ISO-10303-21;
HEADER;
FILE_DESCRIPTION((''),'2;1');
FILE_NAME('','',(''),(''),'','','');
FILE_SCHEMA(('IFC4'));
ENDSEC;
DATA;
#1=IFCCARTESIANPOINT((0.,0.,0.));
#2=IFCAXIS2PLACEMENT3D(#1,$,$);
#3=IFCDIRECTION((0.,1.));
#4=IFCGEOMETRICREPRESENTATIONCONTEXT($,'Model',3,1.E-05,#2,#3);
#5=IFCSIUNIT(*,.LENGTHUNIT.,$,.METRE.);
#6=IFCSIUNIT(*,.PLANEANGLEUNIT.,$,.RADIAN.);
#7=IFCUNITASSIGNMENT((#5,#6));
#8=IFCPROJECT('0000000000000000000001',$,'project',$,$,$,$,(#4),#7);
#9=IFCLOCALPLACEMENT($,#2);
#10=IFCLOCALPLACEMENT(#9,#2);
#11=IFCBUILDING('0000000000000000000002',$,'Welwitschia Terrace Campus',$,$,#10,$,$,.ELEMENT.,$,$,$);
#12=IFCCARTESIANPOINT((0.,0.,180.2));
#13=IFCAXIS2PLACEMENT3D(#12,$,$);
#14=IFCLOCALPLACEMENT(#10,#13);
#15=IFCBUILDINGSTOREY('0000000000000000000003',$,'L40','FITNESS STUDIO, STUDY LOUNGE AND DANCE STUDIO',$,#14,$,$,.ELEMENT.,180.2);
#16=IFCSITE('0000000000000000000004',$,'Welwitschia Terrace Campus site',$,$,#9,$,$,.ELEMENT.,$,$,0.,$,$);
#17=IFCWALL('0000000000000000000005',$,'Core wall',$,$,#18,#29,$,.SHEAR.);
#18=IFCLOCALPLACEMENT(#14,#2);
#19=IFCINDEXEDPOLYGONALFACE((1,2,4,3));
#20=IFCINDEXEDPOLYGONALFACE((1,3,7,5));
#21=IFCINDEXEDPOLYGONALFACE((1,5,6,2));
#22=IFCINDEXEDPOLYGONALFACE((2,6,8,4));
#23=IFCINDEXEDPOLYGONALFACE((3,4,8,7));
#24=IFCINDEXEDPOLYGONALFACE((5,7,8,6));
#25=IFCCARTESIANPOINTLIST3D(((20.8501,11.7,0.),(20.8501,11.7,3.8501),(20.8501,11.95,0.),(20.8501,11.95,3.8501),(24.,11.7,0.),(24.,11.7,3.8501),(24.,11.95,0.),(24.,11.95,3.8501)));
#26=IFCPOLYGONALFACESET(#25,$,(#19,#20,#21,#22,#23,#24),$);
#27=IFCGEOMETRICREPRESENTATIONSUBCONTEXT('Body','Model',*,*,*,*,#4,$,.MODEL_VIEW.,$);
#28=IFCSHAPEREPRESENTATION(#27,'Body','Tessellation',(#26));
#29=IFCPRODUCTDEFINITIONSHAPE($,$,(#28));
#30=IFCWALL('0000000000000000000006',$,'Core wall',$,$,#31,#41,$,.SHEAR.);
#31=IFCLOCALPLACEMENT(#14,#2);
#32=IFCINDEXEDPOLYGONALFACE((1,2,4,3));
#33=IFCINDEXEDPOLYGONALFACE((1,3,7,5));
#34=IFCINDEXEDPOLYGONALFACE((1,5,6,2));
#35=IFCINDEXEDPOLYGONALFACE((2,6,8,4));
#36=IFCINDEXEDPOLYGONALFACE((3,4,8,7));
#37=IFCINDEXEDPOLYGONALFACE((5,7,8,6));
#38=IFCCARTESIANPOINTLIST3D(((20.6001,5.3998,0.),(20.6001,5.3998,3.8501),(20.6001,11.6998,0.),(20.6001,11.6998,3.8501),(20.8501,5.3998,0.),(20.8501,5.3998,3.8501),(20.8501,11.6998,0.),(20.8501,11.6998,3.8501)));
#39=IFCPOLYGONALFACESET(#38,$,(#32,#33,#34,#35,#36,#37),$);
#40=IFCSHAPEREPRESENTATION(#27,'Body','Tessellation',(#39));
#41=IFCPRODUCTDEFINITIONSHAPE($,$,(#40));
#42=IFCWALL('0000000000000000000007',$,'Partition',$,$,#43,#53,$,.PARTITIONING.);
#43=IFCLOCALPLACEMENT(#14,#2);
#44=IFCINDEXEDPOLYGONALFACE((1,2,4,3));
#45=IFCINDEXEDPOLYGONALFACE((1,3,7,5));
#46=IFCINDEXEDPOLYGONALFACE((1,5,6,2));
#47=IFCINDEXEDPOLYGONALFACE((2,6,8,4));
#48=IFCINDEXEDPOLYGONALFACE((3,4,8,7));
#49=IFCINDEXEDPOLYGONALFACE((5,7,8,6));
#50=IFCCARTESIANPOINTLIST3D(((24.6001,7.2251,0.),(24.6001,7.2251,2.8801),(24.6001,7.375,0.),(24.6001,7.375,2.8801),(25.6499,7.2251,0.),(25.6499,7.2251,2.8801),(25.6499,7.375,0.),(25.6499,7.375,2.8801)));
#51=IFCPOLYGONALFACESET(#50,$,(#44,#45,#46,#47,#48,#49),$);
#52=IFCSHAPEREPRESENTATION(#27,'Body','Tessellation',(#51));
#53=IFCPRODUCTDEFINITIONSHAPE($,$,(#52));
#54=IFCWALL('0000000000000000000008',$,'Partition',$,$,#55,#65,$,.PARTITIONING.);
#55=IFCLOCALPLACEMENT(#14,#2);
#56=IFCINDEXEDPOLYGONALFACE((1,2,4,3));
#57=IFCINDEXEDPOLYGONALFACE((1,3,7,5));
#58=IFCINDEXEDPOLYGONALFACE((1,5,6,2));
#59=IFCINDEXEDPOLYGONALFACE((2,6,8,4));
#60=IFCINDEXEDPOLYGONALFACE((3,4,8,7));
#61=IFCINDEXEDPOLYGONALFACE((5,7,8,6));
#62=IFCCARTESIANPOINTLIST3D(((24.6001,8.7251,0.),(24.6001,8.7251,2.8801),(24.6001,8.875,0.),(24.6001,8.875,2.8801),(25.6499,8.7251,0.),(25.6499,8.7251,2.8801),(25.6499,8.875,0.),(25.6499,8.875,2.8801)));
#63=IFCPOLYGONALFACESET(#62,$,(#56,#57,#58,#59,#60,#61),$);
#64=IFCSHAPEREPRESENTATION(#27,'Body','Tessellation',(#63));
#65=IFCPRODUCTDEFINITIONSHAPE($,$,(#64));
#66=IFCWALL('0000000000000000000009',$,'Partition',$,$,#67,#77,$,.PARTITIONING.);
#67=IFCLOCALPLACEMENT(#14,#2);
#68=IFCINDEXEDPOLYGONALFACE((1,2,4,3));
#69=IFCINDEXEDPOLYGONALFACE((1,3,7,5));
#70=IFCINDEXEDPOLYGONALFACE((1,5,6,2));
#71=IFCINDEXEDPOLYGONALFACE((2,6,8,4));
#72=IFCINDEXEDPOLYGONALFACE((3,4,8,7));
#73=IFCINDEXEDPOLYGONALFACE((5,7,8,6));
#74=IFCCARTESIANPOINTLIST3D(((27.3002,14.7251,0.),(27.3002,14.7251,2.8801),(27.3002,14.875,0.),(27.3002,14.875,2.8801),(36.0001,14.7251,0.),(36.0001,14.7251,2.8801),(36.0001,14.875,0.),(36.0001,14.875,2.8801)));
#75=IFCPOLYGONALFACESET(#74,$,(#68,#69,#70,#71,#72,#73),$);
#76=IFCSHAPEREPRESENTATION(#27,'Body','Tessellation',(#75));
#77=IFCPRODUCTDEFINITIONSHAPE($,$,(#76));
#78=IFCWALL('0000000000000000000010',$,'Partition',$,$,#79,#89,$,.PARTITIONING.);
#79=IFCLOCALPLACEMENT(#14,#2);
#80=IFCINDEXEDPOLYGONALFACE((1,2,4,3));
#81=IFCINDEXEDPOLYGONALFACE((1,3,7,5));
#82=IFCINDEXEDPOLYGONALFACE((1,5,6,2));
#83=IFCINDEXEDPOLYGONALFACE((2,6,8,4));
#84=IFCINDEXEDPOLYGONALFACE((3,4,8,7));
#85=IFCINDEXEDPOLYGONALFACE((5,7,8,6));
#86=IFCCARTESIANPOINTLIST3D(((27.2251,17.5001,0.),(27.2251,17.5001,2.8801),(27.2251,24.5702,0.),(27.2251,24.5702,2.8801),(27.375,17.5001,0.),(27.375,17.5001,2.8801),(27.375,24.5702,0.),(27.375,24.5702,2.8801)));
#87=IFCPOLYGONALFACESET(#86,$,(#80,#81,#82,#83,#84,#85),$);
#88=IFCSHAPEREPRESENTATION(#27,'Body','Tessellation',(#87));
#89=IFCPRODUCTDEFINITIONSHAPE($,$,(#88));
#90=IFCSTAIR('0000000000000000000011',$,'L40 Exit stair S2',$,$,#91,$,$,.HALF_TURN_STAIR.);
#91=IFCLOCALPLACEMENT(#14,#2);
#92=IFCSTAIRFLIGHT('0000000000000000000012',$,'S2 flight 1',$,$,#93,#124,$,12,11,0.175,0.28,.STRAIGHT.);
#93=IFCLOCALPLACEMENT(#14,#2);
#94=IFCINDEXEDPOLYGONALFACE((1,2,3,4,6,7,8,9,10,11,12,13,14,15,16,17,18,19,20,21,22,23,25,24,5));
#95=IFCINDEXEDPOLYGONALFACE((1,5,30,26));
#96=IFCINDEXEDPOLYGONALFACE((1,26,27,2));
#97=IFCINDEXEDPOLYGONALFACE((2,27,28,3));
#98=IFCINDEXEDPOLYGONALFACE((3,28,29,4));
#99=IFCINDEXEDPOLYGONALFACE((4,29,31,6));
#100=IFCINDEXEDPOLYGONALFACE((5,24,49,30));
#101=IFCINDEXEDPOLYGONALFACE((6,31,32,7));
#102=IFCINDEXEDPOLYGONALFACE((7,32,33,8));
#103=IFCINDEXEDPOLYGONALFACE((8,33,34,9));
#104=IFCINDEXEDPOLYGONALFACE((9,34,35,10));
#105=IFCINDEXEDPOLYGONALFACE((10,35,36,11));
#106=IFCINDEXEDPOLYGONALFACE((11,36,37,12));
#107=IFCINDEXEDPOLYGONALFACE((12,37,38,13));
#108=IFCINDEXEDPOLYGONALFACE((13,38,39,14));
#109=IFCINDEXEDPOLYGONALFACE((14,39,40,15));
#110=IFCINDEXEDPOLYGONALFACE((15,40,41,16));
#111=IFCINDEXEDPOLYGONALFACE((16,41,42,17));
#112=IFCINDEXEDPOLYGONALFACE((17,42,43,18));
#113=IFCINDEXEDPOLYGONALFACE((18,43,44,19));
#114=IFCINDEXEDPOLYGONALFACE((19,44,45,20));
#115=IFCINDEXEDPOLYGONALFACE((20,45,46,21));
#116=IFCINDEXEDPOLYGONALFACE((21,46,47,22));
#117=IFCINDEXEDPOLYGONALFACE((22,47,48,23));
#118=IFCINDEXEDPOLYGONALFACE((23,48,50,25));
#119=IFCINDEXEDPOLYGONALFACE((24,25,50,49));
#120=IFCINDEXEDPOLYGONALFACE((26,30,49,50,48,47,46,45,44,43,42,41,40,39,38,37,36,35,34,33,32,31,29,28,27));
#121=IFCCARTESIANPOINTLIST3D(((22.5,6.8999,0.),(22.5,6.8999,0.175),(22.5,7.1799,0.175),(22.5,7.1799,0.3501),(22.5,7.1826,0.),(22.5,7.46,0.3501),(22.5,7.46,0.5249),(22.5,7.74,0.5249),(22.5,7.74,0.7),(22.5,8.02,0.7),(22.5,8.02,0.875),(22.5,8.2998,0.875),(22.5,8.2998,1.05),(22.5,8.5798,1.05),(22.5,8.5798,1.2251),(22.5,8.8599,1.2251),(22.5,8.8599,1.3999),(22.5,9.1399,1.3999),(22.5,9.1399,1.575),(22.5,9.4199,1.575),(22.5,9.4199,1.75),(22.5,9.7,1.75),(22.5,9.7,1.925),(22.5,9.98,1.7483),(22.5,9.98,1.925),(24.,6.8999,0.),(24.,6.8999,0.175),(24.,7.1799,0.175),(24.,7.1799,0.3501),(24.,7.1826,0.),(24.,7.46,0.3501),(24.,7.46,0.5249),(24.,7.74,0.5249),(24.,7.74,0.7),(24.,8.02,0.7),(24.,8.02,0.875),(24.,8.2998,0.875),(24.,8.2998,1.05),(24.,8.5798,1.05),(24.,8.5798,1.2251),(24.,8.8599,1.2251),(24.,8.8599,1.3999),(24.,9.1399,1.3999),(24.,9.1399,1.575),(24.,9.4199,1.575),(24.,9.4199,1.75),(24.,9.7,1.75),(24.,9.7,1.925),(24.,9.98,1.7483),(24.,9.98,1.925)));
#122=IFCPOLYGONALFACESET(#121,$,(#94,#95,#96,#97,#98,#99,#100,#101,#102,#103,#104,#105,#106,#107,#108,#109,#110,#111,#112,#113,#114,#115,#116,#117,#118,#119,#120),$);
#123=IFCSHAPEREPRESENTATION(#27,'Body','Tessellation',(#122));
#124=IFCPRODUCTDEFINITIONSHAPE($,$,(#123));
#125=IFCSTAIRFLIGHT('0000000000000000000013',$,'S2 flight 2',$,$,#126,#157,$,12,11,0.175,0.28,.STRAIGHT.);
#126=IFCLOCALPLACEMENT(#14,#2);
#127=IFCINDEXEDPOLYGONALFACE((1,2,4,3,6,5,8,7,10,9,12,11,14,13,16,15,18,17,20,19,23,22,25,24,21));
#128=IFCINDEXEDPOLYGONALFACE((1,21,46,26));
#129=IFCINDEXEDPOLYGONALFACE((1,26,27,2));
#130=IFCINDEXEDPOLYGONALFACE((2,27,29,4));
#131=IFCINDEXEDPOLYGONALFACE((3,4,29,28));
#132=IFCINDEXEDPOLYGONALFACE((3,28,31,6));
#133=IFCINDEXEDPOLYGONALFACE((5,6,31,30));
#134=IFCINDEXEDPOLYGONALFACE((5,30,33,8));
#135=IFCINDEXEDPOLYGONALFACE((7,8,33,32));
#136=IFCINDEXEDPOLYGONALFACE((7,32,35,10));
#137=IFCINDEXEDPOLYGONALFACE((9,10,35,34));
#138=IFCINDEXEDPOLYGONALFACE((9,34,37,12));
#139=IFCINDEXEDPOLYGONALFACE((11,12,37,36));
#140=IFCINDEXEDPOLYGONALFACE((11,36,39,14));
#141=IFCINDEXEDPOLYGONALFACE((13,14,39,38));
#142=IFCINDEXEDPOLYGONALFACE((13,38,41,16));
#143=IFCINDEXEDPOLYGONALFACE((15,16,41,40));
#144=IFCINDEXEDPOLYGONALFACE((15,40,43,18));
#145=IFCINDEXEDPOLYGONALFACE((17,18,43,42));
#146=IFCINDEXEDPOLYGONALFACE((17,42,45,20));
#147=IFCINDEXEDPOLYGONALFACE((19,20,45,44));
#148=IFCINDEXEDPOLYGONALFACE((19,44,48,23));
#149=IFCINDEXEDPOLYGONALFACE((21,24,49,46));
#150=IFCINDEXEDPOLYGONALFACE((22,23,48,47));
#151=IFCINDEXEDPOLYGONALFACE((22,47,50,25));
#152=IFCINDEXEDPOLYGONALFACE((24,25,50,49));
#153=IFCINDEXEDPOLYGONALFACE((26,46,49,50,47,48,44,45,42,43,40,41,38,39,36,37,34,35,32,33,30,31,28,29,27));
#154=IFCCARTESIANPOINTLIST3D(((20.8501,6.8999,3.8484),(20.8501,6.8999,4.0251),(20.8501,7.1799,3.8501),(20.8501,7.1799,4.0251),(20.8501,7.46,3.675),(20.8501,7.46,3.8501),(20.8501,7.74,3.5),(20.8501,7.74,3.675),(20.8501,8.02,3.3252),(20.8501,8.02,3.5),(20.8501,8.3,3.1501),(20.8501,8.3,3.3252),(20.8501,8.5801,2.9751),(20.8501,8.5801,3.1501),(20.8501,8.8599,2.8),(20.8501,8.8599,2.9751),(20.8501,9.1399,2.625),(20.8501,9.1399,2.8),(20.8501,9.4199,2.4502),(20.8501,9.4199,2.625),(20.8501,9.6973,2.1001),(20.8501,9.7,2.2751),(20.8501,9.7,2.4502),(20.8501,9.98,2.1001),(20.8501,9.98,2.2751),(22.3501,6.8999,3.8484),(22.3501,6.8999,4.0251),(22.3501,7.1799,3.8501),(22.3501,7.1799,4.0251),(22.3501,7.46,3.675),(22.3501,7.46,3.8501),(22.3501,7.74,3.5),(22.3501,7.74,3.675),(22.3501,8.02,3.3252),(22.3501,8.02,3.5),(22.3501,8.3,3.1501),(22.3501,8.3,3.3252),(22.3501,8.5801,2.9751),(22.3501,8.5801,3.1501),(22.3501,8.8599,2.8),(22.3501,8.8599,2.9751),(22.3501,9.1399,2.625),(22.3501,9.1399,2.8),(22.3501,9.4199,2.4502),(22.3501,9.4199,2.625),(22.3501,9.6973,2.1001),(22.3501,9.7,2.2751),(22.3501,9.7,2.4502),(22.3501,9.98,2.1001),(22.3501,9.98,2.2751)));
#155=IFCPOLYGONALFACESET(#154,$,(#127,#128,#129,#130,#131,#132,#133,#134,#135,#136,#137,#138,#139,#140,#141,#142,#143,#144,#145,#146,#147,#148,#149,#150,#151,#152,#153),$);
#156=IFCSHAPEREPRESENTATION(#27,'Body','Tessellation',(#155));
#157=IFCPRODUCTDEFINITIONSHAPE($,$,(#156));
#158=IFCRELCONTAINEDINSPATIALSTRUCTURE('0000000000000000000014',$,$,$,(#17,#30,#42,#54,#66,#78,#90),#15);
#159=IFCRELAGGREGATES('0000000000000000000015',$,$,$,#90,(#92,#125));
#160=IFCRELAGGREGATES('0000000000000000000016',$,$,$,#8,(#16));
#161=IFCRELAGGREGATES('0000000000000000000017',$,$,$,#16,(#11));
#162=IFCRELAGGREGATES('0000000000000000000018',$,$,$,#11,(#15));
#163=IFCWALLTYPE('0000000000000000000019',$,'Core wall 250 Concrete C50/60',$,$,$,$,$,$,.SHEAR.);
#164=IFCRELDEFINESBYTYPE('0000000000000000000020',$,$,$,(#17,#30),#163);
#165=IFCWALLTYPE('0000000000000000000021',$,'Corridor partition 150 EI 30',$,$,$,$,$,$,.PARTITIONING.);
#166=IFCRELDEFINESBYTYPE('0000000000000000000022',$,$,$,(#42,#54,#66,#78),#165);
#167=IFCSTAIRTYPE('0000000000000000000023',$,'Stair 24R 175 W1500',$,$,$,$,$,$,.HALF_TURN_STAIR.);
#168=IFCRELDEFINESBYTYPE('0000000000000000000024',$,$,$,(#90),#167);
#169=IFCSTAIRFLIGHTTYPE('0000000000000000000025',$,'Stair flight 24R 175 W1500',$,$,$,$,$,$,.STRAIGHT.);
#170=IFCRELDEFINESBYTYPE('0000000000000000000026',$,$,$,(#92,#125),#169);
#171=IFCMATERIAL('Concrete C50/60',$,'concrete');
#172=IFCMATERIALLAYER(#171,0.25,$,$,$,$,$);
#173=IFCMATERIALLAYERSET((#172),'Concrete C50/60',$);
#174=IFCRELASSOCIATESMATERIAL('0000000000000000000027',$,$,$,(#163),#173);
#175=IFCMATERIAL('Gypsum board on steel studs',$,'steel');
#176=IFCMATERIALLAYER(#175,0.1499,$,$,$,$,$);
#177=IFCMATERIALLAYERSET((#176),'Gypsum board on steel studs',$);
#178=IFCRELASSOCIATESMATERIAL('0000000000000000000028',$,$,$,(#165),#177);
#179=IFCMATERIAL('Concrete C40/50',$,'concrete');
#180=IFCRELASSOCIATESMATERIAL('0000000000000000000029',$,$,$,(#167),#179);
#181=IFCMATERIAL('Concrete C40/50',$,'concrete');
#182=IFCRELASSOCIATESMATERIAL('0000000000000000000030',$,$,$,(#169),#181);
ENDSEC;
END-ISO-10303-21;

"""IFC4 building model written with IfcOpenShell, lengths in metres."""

from ifc_helpers import new_model, si_unit, direction, frame, frame_2d, origin, place, context, subcontext, project, spatial, polyline, rectangle, outline, extrude, material, layer, layer_set, type_object, element, aggregate, save


model = new_model("IFC4")

# Units and contexts
model_context = context("Model", 3, precision=1e-05, world=origin(), true_north=direction((0.0, 1.0)))
body_context = subcontext(model_context, "Body", "Model", "MODEL_VIEW")
ifc_project = project(units=[si_unit("LENGTHUNIT", "METRE"), si_unit("PLANEANGLEUNIT", "RADIAN")], contexts=[model_context])

# Site, building, storey
site_placement = place(None, origin())
site = spatial("IfcSite", under=ifc_project, at=site_placement, Name="Welwitschia Terrace Campus site", CompositionType="ELEMENT", RefElevation=0.0)
building_placement = place(site_placement, origin())
building = spatial("IfcBuilding", under=site, at=building_placement, Name="Welwitschia Terrace Campus", CompositionType="ELEMENT")
storey_placement = place(building_placement, frame((0.0, 0.0, 180.2)))
storey = spatial("IfcBuildingStorey", under=building, at=storey_placement, Name="L40", Description="FITNESS STUDIO, STUDY LOUNGE AND DANCE STUDIO", CompositionType="ELEMENT", Elevation=180.2)

# Walls
ifc_material_1 = material(Name="Concrete C50/60", Category="concrete")
ifc_layer_1 = layer(ifc_material_1, 0.25)
ifc_layer_set_1 = layer_set([ifc_layer_1], Name="Concrete C50/60")
wall_type_1 = type_object("IfcWallType", Name="Core wall 250 Concrete C50/60", PredefinedType="SHEAR", material=ifc_layer_set_1)
wall_1_placement = place(storey_placement, frame((20.8501, 11.825, 0.0), z_axis=(0.0, 0.0, 1.0), x_axis=(1.0, 0.0, 0.0)))
element("IfcWall", 1, at=wall_1_placement, inside=storey, type_object=wall_type_1, Name="Core wall", PredefinedType="SHEAR", context=body_context, shape_type="SweptSolid", body=[
    extrude(rectangle(XDim=3.1499, YDim=0.25, at=frame_2d((1.575, 0.0))), origin(), (0.0, 0.0, 1.0), 3.8501),
])
wall_2_placement = place(storey_placement, frame((20.7251, 5.3999, 0.0), z_axis=(0.0, 0.0, 1.0), x_axis=(0.0, 1.0, 0.0)))
element("IfcWall", 2, at=wall_2_placement, inside=storey, type_object=wall_type_1, Name="Core wall", PredefinedType="SHEAR", context=body_context, shape_type="SweptSolid", body=[
    extrude(rectangle(XDim=6.3, YDim=0.25, at=frame_2d((3.1499, 0.0))), origin(), (0.0, 0.0, 1.0), 3.8501),
])
ifc_material_2 = material(Name="Gypsum board on steel studs", Category="steel")
ifc_layer_2 = layer(ifc_material_2, 0.1499)
ifc_layer_set_2 = layer_set([ifc_layer_2], Name="Gypsum board on steel studs")
wall_type_2 = type_object("IfcWallType", Name="Corridor partition 150 EI 30", PredefinedType="PARTITIONING", material=ifc_layer_set_2)
for number, where, z_axis, x_axis, name in (
    (3, (24.6001, 7.3, 0.0), (0.0, 0.0, 1.0), (1.0, 0.0, 0.0), "Partition"),
    (4, (24.6001, 8.8, 0.0), (0.0, 0.0, 1.0), (1.0, 0.0, 0.0), "Partition"),
):
    element("IfcWall", number, at=place(storey_placement, frame(where, z_axis=z_axis, x_axis=x_axis)), inside=storey, type_object=wall_type_2, Name=name, PredefinedType="PARTITIONING", context=body_context, shape_type="SweptSolid", body=[
        extrude(rectangle(XDim=1.0498, YDim=0.1499, at=frame_2d((0.5249, 0.0))), origin(), (0.0, 0.0, 1.0), 2.8801),
    ])
wall_3_placement = place(storey_placement, frame((27.3, 14.8, 0.0), z_axis=(0.0, 0.0, 1.0), x_axis=(1.0, 0.0, 0.0)))
element("IfcWall", 5, at=wall_3_placement, inside=storey, type_object=wall_type_2, Name="Partition", PredefinedType="PARTITIONING", context=body_context, shape_type="SweptSolid", body=[
    extrude(rectangle(XDim=8.7, YDim=0.1499, at=frame_2d((4.3501, 0.0))), origin(), (0.0, 0.0, 1.0), 2.8801),
])
wall_4_placement = place(storey_placement, frame((27.3, 17.5, 0.0), z_axis=(0.0, 0.0, 1.0), x_axis=(0.0, 1.0, 0.0)))
element("IfcWall", 6, at=wall_4_placement, inside=storey, type_object=wall_type_2, Name="Partition", PredefinedType="PARTITIONING", context=body_context, shape_type="SweptSolid", body=[
    extrude(rectangle(XDim=7.0701, YDim=0.1499, at=frame_2d((3.5352, 0.0))), origin(), (0.0, 0.0, 1.0), 2.8801),
])

# Stair, stair flights
ifc_material_3 = material(Name="Concrete C40/50", Category="concrete")
stair_type = type_object("IfcStairType", Name="Stair 24R 175 W1500", PredefinedType="HALF_TURN_STAIR", material=ifc_material_3)
stair_placement = place(storey_placement, origin())
stair = element("IfcStair", 7, at=stair_placement, inside=storey, type_object=stair_type, Name="L40 Exit stair S2", PredefinedType="HALF_TURN_STAIR")
ifc_material_4 = material(Name="Concrete C40/50", Category="concrete")
stair_flight_type = type_object("IfcStairFlightType", Name="Stair flight 24R 175 W1500", PredefinedType="STRAIGHT", material=ifc_material_4)
stair_flight_1_placement = place(storey_placement, frame((23.25, 6.8999, 0.0), z_axis=(0.0, 0.0, 1.0), x_axis=(0.0, 1.0, 0.0)))
stair_flight_1 = element("IfcStairFlight", 8, at=stair_flight_1_placement, type_object=stair_flight_type, Name="S2 flight 1", NumberOfRisers=12, NumberOfTreads=11, PredefinedType="STRAIGHT", RiserHeight=0.175, TreadLength=0.28, context=body_context, shape_type="SweptSolid", body=[
    extrude(outline(polyline([(0.0, 0.0), (0.0, 0.175), (0.28, 0.175), (0.28, 0.3501), (0.5601, 0.3501), (0.5601, 0.5249), (0.8401, 0.5249), (0.8401, 0.7), (1.1201, 0.7), (1.1201, 0.875), (1.3999, 0.875), (1.3999, 1.05), (1.6799, 1.05), (1.6799, 1.2251), (1.96, 1.2251), (1.96, 1.3999), (2.24, 1.3999), (2.24, 1.575), (2.52, 1.575), (2.52, 1.75), (2.8, 1.75), (2.8, 1.925), (3.0801, 1.925), (3.0801, 2.1001), (3.0801, 1.7483), (0.2827, 0.0), (0.0, 0.0)])), frame((0.0, 0.75, 0.0), z_axis=(0.0, -1.0, 0.0), x_axis=(1.0, 0.0, 0.0)), (0.0, 0.0, 1.0), 1.5),
])
stair_flight_2_placement = place(storey_placement, frame((21.6001, 9.98, 2.1001), z_axis=(0.0, 0.0, 1.0), x_axis=(0.0, -1.0, 0.0)))
stair_flight_2 = element("IfcStairFlight", 9, at=stair_flight_2_placement, type_object=stair_flight_type, Name="S2 flight 2", NumberOfRisers=12, NumberOfTreads=11, PredefinedType="STRAIGHT", RiserHeight=0.175, TreadLength=0.28, context=body_context, shape_type="SweptSolid", body=[
    extrude(outline(polyline([(0.0, 0.0), (0.0, 0.175), (0.28, 0.175), (0.28, 0.3501), (0.5601, 0.3501), (0.5601, 0.5249), (0.8401, 0.5249), (0.8401, 0.7), (1.1201, 0.7), (1.1201, 0.875), (1.3999, 0.875), (1.3999, 1.05), (1.6799, 1.05), (1.6799, 1.2251), (1.96, 1.2251), (1.96, 1.3999), (2.24, 1.3999), (2.24, 1.575), (2.52, 1.575), (2.52, 1.75), (2.8, 1.75), (2.8, 1.925), (3.0801, 1.925), (3.0801, 2.1001), (3.0801, 1.7483), (0.2827, 0.0), (0.0, 0.0)])), frame((0.0, 0.75, 0.0), z_axis=(0.0, -1.0, 0.0), x_axis=(1.0, 0.0, 0.0)), (0.0, 0.0, 1.0), 1.5),
])
aggregate(stair, [stair_flight_1, stair_flight_2])

save(model, "model.ifc")
